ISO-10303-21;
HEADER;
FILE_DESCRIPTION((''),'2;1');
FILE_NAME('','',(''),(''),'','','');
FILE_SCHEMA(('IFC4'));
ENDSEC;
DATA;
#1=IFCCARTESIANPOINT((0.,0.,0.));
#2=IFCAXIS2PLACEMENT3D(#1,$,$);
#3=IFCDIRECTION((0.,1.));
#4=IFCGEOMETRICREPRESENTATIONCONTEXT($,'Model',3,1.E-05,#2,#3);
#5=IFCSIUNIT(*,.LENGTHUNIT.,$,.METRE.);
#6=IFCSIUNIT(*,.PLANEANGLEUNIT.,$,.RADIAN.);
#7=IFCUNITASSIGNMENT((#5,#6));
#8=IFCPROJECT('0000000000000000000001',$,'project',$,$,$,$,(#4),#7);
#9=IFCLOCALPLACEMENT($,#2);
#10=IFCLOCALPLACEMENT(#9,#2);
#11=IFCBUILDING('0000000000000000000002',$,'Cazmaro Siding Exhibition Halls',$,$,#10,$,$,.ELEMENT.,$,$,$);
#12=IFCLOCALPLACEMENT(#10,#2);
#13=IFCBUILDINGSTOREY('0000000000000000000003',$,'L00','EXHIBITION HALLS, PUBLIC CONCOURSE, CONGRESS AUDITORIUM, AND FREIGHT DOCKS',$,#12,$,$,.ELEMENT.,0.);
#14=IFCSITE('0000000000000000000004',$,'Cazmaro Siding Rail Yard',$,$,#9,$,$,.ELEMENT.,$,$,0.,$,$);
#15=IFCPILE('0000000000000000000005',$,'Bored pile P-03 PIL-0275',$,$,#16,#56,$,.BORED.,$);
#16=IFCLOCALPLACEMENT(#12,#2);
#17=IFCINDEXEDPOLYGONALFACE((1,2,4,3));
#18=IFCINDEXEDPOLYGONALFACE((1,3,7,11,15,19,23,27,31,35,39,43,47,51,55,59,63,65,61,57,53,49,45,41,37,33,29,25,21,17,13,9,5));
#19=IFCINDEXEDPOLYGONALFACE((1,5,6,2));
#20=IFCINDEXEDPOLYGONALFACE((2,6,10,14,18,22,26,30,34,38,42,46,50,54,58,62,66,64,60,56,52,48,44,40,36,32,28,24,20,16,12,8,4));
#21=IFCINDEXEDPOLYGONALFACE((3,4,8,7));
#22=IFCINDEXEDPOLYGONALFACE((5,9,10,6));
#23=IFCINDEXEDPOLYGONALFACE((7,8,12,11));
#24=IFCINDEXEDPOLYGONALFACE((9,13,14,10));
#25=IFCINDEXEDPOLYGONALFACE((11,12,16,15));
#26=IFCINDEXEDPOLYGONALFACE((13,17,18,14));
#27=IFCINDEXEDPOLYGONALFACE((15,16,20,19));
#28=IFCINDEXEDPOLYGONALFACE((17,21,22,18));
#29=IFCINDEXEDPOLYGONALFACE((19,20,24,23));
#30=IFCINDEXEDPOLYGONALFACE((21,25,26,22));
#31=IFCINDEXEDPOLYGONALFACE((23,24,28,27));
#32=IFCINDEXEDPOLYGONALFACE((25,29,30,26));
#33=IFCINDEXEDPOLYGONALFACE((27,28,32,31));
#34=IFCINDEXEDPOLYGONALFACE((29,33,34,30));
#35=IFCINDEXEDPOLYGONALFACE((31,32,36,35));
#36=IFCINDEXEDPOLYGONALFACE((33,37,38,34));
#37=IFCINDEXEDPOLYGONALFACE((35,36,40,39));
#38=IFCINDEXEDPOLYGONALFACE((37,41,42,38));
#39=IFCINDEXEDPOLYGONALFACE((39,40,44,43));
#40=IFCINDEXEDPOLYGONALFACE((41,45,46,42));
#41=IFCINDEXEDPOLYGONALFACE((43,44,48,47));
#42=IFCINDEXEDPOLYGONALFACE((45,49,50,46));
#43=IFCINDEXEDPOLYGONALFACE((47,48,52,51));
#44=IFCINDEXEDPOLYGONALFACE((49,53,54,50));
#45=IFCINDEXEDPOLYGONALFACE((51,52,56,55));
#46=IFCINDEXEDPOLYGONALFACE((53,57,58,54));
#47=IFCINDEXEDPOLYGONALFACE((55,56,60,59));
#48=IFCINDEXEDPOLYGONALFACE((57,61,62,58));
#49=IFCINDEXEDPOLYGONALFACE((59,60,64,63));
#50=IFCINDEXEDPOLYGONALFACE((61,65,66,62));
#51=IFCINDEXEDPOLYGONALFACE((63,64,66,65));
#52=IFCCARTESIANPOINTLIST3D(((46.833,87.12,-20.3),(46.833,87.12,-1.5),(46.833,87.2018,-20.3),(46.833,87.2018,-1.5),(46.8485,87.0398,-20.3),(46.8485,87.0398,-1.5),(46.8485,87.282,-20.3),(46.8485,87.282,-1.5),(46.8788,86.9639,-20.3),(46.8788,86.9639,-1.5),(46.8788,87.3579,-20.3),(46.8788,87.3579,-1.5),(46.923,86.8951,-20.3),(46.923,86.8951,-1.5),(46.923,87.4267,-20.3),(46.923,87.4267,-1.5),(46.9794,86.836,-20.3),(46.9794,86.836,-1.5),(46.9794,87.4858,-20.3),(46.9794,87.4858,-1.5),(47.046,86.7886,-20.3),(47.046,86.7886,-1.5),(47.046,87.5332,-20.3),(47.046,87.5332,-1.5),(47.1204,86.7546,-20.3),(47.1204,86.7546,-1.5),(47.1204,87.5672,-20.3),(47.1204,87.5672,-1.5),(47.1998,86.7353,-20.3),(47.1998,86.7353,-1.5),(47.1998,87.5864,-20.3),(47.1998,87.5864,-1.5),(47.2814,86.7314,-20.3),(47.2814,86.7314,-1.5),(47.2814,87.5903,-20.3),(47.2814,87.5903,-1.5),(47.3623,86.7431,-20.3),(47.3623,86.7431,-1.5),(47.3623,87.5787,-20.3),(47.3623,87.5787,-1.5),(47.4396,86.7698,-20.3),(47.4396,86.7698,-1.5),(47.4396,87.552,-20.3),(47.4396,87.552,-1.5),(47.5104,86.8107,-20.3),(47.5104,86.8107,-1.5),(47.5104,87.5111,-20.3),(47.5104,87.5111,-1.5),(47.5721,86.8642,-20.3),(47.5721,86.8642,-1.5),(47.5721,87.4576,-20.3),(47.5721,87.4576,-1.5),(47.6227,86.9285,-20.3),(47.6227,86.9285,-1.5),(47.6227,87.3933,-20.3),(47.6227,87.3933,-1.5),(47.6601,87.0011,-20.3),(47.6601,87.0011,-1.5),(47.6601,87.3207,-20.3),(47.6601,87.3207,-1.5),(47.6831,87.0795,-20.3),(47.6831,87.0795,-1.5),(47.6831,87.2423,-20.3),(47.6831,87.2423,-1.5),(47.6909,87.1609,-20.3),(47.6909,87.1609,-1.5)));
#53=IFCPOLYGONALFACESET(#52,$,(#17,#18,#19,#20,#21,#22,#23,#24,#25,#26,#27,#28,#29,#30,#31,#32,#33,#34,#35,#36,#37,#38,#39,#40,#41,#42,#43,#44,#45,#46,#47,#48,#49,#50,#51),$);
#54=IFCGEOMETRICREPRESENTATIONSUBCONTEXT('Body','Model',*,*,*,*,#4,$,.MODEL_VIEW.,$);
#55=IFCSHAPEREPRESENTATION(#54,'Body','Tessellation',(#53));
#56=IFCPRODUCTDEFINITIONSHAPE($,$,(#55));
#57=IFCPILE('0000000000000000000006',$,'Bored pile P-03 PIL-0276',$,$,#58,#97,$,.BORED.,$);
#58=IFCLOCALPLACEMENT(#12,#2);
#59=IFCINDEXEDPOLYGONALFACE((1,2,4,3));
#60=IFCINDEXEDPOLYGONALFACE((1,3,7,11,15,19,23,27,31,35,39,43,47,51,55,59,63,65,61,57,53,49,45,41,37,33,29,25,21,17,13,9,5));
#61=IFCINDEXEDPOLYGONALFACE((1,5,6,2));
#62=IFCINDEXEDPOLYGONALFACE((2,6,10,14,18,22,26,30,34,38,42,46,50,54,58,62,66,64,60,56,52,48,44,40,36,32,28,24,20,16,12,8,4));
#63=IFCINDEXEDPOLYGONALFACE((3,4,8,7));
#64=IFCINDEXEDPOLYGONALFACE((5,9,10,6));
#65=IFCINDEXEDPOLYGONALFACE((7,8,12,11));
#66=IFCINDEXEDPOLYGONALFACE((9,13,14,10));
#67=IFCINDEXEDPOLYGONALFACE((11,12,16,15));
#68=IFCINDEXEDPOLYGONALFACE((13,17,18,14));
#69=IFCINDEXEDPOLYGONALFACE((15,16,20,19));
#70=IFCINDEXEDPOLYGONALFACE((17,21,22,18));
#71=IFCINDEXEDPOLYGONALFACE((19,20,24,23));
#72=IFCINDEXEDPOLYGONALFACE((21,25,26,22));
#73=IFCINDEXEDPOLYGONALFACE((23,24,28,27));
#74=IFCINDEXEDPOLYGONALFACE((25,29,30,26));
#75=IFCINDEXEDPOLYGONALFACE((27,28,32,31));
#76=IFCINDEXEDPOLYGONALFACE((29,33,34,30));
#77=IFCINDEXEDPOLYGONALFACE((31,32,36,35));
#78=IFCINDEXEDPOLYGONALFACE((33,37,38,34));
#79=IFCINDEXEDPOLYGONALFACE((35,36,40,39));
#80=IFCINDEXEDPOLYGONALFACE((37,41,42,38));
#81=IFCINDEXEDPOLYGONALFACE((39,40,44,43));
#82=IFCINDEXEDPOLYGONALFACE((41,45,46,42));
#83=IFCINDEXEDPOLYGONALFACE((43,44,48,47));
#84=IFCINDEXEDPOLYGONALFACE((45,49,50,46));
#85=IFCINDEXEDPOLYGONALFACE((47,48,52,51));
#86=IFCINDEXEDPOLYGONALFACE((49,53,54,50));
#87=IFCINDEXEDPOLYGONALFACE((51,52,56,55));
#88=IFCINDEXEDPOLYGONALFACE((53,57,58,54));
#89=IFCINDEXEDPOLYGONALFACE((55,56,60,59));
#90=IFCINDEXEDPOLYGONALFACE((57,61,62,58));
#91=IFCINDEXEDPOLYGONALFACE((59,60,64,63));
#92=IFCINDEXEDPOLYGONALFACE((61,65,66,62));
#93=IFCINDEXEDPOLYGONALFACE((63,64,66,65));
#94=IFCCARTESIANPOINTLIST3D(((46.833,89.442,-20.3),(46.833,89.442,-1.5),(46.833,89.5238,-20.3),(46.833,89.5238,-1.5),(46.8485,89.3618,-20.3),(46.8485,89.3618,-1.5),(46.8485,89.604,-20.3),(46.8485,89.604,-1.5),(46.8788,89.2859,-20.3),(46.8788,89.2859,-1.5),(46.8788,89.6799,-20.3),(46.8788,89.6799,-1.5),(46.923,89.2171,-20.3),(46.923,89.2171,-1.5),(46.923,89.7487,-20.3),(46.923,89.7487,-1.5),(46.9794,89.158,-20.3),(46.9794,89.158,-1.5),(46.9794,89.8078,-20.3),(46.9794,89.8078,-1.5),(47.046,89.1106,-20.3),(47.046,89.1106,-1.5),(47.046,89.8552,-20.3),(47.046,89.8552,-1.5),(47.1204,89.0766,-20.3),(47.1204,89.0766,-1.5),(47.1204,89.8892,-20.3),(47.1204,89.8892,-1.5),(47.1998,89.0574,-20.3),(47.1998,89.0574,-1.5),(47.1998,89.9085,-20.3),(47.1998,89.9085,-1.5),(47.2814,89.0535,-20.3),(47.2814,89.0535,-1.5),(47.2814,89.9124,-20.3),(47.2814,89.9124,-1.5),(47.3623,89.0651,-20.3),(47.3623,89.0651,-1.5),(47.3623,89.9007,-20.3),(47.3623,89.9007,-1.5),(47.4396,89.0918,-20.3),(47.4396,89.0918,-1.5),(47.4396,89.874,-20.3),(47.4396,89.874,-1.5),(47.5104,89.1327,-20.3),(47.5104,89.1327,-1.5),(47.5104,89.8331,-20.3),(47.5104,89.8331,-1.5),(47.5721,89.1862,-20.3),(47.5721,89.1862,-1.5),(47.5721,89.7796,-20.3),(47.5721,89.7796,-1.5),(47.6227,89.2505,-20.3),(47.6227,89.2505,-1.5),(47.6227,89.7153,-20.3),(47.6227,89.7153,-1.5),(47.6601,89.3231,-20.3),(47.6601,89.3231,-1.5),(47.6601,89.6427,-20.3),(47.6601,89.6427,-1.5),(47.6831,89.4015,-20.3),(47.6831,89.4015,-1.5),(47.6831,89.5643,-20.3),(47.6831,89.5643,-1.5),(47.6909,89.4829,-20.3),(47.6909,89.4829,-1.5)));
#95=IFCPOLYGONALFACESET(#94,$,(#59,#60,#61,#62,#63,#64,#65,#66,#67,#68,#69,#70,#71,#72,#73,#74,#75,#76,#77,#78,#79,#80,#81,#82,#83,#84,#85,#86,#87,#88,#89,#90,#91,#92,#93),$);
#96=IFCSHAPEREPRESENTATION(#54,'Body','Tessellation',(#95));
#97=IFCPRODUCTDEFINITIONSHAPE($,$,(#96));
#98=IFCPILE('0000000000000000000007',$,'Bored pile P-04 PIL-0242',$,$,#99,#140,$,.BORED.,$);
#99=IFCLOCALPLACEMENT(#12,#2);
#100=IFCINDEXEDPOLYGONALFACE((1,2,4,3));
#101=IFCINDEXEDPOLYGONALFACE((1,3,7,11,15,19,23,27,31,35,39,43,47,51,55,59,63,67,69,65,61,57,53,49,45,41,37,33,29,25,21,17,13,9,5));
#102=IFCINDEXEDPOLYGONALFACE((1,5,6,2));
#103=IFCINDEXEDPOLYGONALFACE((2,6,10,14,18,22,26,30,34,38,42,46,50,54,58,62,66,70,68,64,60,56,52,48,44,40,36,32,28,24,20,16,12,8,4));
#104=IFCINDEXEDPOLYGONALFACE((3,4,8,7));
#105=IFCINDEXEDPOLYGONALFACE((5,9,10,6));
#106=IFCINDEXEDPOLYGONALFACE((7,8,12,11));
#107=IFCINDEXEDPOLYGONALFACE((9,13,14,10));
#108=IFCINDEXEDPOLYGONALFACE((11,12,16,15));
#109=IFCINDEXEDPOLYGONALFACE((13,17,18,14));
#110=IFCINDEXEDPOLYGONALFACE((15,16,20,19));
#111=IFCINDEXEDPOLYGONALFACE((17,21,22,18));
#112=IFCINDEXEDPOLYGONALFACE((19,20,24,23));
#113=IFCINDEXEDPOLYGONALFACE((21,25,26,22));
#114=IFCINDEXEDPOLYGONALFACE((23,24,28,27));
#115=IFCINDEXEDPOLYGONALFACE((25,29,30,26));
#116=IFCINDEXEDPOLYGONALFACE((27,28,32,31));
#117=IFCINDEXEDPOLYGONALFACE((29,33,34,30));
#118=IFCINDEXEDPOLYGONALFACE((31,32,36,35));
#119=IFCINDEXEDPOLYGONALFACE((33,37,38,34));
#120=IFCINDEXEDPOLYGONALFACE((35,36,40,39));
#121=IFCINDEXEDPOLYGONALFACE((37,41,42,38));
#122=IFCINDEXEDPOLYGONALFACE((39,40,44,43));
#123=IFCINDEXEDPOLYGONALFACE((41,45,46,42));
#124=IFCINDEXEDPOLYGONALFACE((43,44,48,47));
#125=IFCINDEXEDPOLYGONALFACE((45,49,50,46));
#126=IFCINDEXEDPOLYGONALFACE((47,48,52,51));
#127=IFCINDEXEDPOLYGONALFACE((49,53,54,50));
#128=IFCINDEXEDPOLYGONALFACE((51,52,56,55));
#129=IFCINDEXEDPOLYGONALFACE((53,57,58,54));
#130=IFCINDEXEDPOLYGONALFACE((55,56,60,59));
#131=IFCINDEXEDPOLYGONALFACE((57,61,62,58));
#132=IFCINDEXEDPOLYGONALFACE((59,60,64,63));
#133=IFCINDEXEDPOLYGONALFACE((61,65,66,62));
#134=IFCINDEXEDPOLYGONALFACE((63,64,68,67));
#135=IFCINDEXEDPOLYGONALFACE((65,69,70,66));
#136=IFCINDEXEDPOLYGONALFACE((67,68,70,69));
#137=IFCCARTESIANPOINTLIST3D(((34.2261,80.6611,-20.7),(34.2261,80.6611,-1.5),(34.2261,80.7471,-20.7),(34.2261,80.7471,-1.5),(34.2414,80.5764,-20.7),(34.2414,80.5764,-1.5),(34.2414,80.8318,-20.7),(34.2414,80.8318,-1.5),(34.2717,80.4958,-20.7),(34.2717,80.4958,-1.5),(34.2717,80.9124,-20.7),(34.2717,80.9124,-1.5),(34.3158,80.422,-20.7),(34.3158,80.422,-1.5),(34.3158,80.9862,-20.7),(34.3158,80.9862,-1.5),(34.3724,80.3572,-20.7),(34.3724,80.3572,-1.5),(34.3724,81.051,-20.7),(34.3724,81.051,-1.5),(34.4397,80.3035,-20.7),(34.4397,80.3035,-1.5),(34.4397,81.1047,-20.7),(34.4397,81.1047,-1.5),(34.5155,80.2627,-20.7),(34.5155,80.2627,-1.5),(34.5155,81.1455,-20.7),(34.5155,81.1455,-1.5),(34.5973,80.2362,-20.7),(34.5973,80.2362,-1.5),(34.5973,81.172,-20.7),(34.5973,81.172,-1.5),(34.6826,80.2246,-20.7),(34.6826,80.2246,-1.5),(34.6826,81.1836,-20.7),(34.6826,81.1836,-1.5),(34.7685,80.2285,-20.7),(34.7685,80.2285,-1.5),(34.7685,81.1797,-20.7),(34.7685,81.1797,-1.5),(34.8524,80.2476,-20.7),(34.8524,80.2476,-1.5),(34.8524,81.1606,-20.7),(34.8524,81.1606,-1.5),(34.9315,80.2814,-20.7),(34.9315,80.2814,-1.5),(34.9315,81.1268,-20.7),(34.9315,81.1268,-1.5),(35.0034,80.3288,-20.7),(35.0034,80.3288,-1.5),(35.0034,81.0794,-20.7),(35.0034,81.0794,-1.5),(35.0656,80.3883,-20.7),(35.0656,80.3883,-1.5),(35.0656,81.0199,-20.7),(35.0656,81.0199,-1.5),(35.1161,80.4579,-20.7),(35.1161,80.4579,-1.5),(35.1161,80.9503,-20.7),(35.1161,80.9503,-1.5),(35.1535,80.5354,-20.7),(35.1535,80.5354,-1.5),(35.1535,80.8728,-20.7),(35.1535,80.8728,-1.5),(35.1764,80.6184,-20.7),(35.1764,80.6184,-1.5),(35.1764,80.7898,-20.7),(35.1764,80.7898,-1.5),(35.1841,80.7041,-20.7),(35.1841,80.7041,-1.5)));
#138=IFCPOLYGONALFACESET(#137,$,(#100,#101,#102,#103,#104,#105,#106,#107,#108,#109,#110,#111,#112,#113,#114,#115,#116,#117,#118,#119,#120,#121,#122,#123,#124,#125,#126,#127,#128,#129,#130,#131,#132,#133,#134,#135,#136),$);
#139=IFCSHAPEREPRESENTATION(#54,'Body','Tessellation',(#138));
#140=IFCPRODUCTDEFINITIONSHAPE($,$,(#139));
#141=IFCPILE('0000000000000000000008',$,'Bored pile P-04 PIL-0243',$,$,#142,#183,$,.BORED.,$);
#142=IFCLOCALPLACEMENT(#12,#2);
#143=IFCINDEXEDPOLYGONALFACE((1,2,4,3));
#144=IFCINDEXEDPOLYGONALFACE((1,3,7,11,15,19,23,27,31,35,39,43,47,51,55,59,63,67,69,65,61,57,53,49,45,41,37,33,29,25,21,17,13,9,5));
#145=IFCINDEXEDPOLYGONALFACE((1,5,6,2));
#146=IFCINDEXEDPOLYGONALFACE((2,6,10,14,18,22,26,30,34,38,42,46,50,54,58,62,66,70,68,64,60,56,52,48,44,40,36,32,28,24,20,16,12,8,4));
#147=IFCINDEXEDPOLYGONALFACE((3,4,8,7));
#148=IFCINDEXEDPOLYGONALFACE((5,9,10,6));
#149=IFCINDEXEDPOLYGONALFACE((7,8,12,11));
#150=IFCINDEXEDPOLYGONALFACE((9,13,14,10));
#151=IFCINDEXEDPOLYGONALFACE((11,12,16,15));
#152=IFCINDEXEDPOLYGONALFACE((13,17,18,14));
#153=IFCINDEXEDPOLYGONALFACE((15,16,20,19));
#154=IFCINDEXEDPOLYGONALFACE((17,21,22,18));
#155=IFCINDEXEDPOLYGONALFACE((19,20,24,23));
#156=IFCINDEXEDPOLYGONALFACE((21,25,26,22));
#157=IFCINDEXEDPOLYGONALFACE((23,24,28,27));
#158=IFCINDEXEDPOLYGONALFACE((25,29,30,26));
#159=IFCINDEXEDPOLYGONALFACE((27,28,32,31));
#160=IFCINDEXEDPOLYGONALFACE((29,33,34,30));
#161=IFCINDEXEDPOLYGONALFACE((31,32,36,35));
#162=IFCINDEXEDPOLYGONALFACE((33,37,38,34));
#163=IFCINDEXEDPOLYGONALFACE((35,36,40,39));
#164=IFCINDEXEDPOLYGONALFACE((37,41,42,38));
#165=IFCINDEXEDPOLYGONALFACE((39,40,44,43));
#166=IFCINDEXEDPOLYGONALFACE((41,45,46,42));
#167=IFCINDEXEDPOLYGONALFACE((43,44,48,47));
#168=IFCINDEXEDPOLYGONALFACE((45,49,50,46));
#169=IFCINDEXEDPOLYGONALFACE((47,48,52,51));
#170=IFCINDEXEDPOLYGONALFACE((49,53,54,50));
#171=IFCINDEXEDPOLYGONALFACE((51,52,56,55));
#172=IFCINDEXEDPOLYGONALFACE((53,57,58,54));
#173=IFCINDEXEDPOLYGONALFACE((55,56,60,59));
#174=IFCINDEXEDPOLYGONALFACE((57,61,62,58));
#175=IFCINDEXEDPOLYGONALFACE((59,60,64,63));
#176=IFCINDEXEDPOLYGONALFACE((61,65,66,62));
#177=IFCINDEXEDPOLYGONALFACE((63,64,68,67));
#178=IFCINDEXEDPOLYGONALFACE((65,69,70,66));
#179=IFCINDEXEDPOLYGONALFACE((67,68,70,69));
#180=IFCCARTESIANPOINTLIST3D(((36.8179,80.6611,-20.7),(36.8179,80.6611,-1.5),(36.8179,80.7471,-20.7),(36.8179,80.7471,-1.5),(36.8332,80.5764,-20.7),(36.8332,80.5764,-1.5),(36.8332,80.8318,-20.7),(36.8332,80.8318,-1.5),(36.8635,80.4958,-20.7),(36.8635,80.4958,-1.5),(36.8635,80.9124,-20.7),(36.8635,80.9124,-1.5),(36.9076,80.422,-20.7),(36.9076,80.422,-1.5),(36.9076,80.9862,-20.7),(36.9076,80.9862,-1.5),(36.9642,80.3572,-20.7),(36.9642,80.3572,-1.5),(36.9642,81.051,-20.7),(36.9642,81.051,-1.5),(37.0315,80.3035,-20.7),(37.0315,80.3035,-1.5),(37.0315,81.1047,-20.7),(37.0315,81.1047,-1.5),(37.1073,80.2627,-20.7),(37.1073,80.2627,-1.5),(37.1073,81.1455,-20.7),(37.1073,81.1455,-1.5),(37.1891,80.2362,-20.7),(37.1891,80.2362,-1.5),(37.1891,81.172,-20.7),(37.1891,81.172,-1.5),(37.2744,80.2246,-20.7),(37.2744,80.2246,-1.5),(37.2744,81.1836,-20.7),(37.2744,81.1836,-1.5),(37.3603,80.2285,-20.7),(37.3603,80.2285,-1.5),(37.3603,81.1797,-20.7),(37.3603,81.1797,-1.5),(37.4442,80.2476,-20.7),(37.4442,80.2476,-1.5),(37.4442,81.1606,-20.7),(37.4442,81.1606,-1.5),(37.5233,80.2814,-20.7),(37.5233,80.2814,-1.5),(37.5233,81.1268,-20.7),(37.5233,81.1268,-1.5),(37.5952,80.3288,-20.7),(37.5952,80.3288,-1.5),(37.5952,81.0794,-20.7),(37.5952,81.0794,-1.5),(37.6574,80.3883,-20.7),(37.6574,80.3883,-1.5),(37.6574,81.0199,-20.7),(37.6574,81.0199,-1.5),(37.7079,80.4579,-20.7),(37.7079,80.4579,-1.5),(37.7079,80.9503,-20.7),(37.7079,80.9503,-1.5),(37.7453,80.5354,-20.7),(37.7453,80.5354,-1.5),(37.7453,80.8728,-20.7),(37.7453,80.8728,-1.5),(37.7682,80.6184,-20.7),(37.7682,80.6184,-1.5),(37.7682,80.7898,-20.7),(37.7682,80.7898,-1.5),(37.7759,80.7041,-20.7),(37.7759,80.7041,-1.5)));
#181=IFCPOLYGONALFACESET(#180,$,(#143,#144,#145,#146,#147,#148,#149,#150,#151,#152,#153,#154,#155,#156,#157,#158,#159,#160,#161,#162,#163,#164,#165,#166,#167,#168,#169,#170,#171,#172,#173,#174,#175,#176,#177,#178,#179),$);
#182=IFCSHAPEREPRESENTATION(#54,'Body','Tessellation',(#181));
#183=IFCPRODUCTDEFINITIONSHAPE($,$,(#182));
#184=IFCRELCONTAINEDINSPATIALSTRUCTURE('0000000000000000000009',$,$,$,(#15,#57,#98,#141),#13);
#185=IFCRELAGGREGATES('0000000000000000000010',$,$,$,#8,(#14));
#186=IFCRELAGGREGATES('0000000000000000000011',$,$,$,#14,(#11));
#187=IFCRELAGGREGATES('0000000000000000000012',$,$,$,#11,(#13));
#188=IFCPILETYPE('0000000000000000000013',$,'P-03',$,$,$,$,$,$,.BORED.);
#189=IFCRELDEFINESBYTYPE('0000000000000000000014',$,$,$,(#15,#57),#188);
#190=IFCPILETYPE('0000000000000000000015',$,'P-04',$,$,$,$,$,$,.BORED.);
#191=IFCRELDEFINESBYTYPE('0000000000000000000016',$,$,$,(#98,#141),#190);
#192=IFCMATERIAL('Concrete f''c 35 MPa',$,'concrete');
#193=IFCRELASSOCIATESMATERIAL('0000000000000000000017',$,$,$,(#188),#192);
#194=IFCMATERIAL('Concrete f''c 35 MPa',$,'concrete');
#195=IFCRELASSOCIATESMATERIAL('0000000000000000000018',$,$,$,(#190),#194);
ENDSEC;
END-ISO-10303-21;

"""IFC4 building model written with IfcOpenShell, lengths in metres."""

from ifc_helpers import new_model, si_unit, direction, frame, origin, origin_2d, place, context, subcontext, project, spatial, circle, extrude, material, material_profile, profile_set, type_object, element, save


model = new_model("IFC4")

# Units and contexts
model_context = context("Model", 3, precision=1e-05, world=origin(), true_north=direction((0.0, 1.0)))
body_context = subcontext(model_context, "Body", "Model", "MODEL_VIEW")
ifc_project = project(units=[si_unit("LENGTHUNIT", "METRE"), si_unit("PLANEANGLEUNIT", "RADIAN")], contexts=[model_context])

# Site, building, storey
site_placement = place(None, origin())
site = spatial("IfcSite", under=ifc_project, at=site_placement, Name="Cazmaro Siding Rail Yard", CompositionType="ELEMENT", RefElevation=0.0)
building_placement = place(site_placement, origin())
building = spatial("IfcBuilding", under=site, at=building_placement, Name="Cazmaro Siding Exhibition Halls", CompositionType="ELEMENT")
storey_placement = place(building_placement, origin())
storey = spatial("IfcBuildingStorey", under=building, at=storey_placement, Name="L00", Description="EXHIBITION HALLS, PUBLIC CONCOURSE, CONGRESS AUDITORIUM, AND FREIGHT DOCKS", CompositionType="ELEMENT", Elevation=0.0)

# Piles
ifc_material_1 = material(Name="Concrete f'c 35 MPa", Category="concrete")
ifc_material_profile_1 = material_profile(ifc_material_1, circle(Radius=0.4299, at=origin_2d()), Name="CIDH-860")
ifc_profile_set_1 = profile_set([ifc_material_profile_1], Name="Concrete f'c 35 MPa")
pile_type_1 = type_object("IfcPileType", Name="P-03", PredefinedType="BORED", material=ifc_profile_set_1)
for number, where, z_axis, x_axis, name in (
    (1, (47.261, 87.1609, -1.5), (0.0, 0.0, -1.0), (1.0, 0.0, 0.0), "Bored pile P-03 PIL-0275"),
    (2, (47.261, 89.4829, -1.5), (0.0, 0.0, -1.0), (1.0, 0.0, 0.0), "Bored pile P-03 PIL-0276"),
):
    element("IfcPile", number, at=place(storey_placement, frame(where, z_axis=z_axis, x_axis=x_axis)), inside=storey, type_object=pile_type_1, Name=name, PredefinedType="BORED", context=body_context, shape_type="SweptSolid", body=[
        extrude(circle(Radius=0.4299, at=origin_2d()), origin(), (0.0, 0.0, 1.0), 18.8),
    ])
ifc_material_2 = material(Name="Concrete f'c 35 MPa", Category="concrete")
ifc_material_profile_2 = material_profile(ifc_material_2, circle(Radius=0.48, at=origin_2d()), Name="CIDH-960")
ifc_profile_set_2 = profile_set([ifc_material_profile_2], Name="Concrete f'c 35 MPa")
pile_type_2 = type_object("IfcPileType", Name="P-04", PredefinedType="BORED", material=ifc_profile_set_2)
for number, where, z_axis, x_axis, name in (
    (3, (34.7041, 80.7041, -1.5), (0.0, 0.0, -1.0), (1.0, 0.0, 0.0), "Bored pile P-04 PIL-0242"),
    (4, (37.2959, 80.7041, -1.5), (0.0, 0.0, -1.0), (1.0, 0.0, 0.0), "Bored pile P-04 PIL-0243"),
):
    element("IfcPile", number, at=place(storey_placement, frame(where, z_axis=z_axis, x_axis=x_axis)), inside=storey, type_object=pile_type_2, Name=name, PredefinedType="BORED", context=body_context, shape_type="SweptSolid", body=[
        extrude(circle(Radius=0.48, at=origin_2d()), origin(), (0.0, 0.0, 1.0), 19.2),
    ])

save(model, "model.ifc")
